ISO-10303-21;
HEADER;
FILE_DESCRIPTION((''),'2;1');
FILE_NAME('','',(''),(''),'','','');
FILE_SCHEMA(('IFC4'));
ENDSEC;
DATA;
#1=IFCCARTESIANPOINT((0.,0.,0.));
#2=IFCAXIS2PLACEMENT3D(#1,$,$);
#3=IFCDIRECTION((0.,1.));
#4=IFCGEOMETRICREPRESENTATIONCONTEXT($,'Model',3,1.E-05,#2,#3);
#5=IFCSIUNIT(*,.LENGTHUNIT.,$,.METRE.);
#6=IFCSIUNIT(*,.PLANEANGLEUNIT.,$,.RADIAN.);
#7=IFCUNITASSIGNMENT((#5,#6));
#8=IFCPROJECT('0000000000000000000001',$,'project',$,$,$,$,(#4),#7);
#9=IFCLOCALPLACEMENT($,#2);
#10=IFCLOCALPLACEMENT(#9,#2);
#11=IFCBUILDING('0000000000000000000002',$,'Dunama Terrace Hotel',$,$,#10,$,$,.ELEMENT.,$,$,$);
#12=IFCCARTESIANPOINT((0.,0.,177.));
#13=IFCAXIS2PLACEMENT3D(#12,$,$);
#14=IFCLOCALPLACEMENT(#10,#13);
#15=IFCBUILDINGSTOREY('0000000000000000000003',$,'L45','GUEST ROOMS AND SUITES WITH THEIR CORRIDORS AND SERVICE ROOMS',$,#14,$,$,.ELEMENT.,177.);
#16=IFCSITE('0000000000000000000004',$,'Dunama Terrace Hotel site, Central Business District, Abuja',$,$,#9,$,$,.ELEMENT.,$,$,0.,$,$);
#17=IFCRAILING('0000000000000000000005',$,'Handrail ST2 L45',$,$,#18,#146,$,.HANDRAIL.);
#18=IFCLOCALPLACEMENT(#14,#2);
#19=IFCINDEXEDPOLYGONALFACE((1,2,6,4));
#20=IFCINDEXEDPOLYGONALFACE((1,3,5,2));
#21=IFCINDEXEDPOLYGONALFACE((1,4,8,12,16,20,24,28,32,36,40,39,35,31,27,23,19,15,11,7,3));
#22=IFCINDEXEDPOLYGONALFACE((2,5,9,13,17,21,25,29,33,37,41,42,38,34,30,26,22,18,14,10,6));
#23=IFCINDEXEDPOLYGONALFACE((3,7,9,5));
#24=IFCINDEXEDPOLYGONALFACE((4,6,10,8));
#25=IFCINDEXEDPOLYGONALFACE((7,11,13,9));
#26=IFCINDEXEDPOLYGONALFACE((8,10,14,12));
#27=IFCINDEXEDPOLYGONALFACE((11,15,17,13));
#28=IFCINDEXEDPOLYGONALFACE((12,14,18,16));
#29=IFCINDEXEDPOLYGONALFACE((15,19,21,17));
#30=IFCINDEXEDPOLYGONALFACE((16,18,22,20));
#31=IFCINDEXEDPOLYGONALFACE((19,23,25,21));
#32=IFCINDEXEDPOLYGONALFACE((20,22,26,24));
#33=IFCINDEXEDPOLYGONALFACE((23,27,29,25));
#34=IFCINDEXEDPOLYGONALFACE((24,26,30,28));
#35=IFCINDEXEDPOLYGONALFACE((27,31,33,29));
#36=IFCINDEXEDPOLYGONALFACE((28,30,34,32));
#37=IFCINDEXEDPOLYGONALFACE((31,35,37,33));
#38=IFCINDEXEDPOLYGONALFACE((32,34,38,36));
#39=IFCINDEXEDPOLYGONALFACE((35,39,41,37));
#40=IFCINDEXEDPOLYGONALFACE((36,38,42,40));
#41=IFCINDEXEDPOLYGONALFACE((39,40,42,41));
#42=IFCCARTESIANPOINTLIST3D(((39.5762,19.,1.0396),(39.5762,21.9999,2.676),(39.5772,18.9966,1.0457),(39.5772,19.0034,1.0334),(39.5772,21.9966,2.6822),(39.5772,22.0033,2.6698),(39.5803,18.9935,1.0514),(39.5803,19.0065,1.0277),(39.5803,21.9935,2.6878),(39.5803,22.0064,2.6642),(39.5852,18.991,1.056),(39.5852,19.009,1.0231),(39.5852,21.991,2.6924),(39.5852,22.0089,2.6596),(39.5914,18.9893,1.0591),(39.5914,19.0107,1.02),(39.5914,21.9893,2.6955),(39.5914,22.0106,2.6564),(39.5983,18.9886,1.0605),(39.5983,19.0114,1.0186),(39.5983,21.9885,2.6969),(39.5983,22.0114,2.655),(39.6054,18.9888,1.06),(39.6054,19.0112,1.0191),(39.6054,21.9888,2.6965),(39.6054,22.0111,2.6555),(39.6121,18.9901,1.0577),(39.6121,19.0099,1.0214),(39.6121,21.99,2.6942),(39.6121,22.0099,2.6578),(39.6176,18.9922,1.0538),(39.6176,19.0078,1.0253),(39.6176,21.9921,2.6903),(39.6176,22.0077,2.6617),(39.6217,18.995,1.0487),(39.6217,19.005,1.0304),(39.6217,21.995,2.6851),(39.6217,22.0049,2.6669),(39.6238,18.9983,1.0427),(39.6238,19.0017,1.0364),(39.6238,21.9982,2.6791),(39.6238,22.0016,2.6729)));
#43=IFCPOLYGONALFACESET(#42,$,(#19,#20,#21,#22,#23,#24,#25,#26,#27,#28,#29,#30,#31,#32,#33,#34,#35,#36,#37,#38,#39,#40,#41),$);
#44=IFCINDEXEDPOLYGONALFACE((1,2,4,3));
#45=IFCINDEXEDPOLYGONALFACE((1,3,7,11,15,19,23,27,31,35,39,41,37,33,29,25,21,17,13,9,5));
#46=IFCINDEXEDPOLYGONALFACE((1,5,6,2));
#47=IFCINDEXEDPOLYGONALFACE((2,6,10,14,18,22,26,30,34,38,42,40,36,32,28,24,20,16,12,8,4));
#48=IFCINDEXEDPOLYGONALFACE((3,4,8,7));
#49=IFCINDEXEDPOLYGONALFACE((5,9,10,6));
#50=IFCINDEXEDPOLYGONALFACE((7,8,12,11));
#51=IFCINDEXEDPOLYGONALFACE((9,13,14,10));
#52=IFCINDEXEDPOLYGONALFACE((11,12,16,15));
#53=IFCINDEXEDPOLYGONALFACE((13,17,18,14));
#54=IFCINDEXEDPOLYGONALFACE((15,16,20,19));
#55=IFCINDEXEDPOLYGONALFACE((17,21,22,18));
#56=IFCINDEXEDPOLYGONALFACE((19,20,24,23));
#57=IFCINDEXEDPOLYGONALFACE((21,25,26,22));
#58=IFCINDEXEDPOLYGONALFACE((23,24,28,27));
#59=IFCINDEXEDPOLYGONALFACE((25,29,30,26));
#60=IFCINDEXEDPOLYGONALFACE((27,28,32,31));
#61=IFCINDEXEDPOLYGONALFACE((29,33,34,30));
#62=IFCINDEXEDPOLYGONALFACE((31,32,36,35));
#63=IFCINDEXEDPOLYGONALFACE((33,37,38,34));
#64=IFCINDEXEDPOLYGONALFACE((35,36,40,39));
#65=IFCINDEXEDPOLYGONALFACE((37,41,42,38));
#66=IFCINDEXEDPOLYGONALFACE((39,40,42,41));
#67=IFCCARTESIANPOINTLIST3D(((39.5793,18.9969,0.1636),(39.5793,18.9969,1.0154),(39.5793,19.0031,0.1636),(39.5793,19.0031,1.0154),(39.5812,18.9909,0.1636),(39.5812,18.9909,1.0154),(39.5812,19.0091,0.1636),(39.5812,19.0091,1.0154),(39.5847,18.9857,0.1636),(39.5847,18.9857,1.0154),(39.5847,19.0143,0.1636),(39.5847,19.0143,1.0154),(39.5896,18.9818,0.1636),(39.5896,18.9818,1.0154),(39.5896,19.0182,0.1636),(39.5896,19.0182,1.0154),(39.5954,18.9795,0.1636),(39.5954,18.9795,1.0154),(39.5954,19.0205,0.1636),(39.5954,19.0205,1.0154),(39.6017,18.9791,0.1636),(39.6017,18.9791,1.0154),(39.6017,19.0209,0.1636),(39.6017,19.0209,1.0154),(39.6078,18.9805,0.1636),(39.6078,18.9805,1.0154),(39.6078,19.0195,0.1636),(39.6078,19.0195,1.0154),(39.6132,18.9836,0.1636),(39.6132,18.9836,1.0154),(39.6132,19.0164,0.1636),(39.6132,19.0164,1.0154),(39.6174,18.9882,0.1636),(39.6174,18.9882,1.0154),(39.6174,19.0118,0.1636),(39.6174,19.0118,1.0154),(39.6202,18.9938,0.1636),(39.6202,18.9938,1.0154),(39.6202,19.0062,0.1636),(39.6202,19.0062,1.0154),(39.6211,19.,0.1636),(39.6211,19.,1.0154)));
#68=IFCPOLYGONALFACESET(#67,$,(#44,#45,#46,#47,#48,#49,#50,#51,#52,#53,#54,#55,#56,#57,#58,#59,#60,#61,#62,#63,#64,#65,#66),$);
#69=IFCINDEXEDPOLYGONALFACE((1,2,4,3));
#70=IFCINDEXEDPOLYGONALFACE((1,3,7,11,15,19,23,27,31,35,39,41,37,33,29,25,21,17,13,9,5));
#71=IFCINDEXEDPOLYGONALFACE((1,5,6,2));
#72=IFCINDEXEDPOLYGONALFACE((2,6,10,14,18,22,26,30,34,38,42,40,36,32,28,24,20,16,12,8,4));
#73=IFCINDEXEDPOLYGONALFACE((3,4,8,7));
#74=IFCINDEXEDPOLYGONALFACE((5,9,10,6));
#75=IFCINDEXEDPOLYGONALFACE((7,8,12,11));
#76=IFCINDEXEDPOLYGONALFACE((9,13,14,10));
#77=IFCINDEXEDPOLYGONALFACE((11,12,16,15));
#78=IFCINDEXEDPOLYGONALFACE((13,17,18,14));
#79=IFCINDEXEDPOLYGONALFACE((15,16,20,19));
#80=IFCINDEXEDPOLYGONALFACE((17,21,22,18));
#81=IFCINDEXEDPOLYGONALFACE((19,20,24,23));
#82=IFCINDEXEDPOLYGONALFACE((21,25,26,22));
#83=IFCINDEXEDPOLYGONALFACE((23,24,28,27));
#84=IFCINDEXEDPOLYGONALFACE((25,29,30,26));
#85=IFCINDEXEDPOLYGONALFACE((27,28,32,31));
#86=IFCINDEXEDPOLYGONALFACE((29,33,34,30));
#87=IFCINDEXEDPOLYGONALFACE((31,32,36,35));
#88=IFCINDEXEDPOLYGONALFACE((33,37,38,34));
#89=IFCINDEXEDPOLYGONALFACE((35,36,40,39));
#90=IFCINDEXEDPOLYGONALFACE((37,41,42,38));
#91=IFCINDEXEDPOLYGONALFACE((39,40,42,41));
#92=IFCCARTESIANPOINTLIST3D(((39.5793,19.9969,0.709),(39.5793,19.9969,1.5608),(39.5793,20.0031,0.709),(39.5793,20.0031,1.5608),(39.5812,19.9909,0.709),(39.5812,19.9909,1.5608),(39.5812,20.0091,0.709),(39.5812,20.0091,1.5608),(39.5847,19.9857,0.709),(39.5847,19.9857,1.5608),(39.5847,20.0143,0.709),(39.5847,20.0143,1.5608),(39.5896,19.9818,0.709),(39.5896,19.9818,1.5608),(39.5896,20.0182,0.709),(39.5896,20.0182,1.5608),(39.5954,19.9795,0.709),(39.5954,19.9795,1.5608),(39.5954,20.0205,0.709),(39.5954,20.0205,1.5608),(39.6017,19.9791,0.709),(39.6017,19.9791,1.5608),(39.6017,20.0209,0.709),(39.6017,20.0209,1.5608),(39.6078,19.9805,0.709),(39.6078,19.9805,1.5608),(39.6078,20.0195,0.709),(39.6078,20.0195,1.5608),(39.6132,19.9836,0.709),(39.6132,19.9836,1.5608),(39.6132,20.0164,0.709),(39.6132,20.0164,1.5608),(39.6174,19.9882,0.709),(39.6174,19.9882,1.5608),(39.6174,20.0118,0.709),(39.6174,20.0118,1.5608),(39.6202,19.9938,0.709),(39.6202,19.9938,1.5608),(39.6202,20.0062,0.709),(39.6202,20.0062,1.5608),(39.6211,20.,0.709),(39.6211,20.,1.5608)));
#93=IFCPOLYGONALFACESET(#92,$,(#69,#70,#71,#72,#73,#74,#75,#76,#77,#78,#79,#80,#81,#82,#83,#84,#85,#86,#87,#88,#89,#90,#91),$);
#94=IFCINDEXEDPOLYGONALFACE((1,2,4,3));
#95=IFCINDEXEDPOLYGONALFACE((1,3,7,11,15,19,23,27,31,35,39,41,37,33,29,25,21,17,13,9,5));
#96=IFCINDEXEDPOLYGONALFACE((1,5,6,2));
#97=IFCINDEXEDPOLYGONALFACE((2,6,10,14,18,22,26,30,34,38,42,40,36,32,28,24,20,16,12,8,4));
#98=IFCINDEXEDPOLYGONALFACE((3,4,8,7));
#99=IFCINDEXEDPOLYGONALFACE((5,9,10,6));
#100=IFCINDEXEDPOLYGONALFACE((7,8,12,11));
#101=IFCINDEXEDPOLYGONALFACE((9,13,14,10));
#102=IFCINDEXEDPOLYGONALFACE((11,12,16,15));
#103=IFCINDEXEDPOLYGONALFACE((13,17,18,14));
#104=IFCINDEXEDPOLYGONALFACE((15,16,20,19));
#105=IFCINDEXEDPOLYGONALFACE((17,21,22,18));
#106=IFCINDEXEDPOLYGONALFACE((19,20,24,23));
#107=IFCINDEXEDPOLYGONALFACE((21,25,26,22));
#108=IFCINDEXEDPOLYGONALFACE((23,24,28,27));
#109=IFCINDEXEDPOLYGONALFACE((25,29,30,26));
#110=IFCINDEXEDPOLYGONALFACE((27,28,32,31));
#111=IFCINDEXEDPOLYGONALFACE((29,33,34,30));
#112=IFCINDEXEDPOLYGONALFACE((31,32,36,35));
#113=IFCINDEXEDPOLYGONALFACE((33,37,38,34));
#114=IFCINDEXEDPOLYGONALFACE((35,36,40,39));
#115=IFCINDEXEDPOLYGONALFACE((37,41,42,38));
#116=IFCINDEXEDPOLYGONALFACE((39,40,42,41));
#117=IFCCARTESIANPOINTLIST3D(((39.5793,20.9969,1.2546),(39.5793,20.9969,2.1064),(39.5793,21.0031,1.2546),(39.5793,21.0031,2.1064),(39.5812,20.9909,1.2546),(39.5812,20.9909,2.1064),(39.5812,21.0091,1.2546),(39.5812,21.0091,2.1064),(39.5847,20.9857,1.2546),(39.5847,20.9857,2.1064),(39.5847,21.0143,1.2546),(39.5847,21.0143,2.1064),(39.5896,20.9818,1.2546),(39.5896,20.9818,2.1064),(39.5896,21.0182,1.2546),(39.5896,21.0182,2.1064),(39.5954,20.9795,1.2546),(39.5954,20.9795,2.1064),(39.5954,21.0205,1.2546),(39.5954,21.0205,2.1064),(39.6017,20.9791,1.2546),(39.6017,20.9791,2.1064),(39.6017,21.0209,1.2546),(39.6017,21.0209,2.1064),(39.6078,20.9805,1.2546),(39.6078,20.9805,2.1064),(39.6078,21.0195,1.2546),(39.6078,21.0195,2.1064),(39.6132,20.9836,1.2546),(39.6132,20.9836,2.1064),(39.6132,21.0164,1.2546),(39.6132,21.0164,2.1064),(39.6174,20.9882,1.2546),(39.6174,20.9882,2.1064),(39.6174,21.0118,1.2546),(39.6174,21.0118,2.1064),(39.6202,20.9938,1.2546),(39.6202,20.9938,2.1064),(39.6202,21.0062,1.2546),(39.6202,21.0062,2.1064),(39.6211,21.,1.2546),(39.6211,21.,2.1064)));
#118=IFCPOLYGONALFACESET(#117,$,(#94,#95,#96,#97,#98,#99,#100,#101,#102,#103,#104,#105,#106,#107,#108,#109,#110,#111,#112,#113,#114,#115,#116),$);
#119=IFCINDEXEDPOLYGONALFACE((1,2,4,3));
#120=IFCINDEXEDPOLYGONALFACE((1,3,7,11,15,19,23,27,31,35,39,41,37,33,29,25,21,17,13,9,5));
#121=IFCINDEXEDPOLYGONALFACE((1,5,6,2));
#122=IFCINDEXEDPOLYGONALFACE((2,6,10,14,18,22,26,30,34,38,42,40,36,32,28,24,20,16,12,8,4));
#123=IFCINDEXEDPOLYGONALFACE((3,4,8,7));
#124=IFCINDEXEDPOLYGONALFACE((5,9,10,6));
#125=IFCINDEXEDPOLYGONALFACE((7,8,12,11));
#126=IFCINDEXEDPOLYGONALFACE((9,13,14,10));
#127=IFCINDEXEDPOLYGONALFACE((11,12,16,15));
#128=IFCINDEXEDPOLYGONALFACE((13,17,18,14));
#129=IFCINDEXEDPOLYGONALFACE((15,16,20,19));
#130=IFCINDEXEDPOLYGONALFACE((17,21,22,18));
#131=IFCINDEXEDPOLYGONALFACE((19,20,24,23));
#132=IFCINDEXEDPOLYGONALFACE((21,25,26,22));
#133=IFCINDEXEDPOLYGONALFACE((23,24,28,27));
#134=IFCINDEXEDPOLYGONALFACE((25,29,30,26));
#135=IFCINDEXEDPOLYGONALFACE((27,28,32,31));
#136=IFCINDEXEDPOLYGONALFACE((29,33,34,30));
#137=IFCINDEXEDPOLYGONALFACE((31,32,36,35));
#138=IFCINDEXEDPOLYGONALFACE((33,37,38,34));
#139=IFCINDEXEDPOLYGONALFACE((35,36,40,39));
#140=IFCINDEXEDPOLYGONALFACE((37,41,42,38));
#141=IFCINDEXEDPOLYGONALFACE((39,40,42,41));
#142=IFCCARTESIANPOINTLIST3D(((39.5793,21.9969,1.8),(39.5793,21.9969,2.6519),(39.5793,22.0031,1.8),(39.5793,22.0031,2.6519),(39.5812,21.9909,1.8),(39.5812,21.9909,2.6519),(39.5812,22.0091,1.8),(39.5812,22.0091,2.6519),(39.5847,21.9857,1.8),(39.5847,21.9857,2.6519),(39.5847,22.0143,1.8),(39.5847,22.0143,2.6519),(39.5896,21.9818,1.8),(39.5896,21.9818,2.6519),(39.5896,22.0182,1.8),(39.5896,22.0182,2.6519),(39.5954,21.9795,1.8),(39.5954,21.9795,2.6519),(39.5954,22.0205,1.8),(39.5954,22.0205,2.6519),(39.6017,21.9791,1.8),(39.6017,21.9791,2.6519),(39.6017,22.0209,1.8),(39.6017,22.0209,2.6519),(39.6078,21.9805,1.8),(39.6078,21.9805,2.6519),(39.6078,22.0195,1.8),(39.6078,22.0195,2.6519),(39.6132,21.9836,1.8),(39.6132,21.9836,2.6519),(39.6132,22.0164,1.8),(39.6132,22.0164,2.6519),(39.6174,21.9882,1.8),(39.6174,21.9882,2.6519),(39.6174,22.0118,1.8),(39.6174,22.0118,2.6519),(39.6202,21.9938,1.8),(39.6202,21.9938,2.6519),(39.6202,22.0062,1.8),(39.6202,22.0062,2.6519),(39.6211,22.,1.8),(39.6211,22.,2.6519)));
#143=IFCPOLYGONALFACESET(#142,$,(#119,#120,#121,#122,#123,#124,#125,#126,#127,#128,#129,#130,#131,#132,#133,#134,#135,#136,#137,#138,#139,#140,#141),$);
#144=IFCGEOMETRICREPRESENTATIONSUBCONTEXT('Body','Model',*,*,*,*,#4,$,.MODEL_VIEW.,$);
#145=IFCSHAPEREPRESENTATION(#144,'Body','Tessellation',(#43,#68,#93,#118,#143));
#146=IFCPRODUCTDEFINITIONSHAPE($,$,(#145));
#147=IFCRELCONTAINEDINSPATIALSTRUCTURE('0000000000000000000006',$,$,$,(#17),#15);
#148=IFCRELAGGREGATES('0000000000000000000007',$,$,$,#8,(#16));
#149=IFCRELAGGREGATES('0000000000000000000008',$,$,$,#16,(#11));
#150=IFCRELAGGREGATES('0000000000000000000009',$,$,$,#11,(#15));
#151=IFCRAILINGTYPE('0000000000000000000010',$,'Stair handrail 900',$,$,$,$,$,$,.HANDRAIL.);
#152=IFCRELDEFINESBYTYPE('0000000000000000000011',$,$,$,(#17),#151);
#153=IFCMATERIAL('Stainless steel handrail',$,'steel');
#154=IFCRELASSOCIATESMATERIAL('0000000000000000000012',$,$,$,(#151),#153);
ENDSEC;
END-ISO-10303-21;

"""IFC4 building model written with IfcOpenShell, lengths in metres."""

from ifc_helpers import new_model, si_unit, direction, frame, origin, origin_2d, place, context, subcontext, project, spatial, circle, extrude, material, type_object, element, save


model = new_model("IFC4")

# Units and contexts
model_context = context("Model", 3, precision=1e-05, world=origin(), true_north=direction((0.0, 1.0)))
body_context = subcontext(model_context, "Body", "Model", "MODEL_VIEW")
ifc_project = project(units=[si_unit("LENGTHUNIT", "METRE"), si_unit("PLANEANGLEUNIT", "RADIAN")], contexts=[model_context])

# Site, building, storey
site_placement = place(None, origin())
site = spatial("IfcSite", under=ifc_project, at=site_placement, Name="Dunama Terrace Hotel site, Central Business District, Abuja", CompositionType="ELEMENT", RefElevation=0.0)
building_placement = place(site_placement, origin())
building = spatial("IfcBuilding", under=site, at=building_placement, Name="Dunama Terrace Hotel", CompositionType="ELEMENT")
storey_placement = place(building_placement, frame((0.0, 0.0, 177.0)))
storey = spatial("IfcBuildingStorey", under=building, at=storey_placement, Name="L45", Description="GUEST ROOMS AND SUITES WITH THEIR CORRIDORS AND SERVICE ROOMS", CompositionType="ELEMENT", Elevation=177.0)

# Railing
ifc_material_1 = material(Name="Stainless steel handrail", Category="steel")
railing_type_1 = type_object("IfcRailingType", Name="Stair handrail 900", PredefinedType="HANDRAIL", material=ifc_material_1)
railing_1_placement = place(storey_placement, frame((39.6001, 19.0, 0.1636)))
element("IfcRailing", 1, at=railing_1_placement, inside=storey, type_object=railing_type_1, Name="Handrail ST2 L45", PredefinedType="HANDRAIL", context=body_context, shape_type="SweptSolid", body=[
    extrude(circle(Radius=0.0239, at=origin_2d()), frame((0.0, 0.0, 0.876), z_axis=(0.0, 0.877882, 0.478877), x_axis=(-1.0, 0.0, 0.0)), (0.0, 0.0, 1.0), 3.4172),
    extrude(circle(Radius=0.021, at=origin_2d()), origin(), (0.0, 0.0, 1.0), 0.8518),
    extrude(circle(Radius=0.021, at=origin_2d()), frame((0.0, 1.0, 0.5454)), (0.0, 0.0, 1.0), 0.8518),
    extrude(circle(Radius=0.021, at=origin_2d()), frame((0.0, 2.0, 1.0911)), (0.0, 0.0, 1.0), 0.8518),
    extrude(circle(Radius=0.021, at=origin_2d()), frame((0.0, 3.0, 1.6365)), (0.0, 0.0, 1.0), 0.8518),
])

save(model, "model.ifc")
